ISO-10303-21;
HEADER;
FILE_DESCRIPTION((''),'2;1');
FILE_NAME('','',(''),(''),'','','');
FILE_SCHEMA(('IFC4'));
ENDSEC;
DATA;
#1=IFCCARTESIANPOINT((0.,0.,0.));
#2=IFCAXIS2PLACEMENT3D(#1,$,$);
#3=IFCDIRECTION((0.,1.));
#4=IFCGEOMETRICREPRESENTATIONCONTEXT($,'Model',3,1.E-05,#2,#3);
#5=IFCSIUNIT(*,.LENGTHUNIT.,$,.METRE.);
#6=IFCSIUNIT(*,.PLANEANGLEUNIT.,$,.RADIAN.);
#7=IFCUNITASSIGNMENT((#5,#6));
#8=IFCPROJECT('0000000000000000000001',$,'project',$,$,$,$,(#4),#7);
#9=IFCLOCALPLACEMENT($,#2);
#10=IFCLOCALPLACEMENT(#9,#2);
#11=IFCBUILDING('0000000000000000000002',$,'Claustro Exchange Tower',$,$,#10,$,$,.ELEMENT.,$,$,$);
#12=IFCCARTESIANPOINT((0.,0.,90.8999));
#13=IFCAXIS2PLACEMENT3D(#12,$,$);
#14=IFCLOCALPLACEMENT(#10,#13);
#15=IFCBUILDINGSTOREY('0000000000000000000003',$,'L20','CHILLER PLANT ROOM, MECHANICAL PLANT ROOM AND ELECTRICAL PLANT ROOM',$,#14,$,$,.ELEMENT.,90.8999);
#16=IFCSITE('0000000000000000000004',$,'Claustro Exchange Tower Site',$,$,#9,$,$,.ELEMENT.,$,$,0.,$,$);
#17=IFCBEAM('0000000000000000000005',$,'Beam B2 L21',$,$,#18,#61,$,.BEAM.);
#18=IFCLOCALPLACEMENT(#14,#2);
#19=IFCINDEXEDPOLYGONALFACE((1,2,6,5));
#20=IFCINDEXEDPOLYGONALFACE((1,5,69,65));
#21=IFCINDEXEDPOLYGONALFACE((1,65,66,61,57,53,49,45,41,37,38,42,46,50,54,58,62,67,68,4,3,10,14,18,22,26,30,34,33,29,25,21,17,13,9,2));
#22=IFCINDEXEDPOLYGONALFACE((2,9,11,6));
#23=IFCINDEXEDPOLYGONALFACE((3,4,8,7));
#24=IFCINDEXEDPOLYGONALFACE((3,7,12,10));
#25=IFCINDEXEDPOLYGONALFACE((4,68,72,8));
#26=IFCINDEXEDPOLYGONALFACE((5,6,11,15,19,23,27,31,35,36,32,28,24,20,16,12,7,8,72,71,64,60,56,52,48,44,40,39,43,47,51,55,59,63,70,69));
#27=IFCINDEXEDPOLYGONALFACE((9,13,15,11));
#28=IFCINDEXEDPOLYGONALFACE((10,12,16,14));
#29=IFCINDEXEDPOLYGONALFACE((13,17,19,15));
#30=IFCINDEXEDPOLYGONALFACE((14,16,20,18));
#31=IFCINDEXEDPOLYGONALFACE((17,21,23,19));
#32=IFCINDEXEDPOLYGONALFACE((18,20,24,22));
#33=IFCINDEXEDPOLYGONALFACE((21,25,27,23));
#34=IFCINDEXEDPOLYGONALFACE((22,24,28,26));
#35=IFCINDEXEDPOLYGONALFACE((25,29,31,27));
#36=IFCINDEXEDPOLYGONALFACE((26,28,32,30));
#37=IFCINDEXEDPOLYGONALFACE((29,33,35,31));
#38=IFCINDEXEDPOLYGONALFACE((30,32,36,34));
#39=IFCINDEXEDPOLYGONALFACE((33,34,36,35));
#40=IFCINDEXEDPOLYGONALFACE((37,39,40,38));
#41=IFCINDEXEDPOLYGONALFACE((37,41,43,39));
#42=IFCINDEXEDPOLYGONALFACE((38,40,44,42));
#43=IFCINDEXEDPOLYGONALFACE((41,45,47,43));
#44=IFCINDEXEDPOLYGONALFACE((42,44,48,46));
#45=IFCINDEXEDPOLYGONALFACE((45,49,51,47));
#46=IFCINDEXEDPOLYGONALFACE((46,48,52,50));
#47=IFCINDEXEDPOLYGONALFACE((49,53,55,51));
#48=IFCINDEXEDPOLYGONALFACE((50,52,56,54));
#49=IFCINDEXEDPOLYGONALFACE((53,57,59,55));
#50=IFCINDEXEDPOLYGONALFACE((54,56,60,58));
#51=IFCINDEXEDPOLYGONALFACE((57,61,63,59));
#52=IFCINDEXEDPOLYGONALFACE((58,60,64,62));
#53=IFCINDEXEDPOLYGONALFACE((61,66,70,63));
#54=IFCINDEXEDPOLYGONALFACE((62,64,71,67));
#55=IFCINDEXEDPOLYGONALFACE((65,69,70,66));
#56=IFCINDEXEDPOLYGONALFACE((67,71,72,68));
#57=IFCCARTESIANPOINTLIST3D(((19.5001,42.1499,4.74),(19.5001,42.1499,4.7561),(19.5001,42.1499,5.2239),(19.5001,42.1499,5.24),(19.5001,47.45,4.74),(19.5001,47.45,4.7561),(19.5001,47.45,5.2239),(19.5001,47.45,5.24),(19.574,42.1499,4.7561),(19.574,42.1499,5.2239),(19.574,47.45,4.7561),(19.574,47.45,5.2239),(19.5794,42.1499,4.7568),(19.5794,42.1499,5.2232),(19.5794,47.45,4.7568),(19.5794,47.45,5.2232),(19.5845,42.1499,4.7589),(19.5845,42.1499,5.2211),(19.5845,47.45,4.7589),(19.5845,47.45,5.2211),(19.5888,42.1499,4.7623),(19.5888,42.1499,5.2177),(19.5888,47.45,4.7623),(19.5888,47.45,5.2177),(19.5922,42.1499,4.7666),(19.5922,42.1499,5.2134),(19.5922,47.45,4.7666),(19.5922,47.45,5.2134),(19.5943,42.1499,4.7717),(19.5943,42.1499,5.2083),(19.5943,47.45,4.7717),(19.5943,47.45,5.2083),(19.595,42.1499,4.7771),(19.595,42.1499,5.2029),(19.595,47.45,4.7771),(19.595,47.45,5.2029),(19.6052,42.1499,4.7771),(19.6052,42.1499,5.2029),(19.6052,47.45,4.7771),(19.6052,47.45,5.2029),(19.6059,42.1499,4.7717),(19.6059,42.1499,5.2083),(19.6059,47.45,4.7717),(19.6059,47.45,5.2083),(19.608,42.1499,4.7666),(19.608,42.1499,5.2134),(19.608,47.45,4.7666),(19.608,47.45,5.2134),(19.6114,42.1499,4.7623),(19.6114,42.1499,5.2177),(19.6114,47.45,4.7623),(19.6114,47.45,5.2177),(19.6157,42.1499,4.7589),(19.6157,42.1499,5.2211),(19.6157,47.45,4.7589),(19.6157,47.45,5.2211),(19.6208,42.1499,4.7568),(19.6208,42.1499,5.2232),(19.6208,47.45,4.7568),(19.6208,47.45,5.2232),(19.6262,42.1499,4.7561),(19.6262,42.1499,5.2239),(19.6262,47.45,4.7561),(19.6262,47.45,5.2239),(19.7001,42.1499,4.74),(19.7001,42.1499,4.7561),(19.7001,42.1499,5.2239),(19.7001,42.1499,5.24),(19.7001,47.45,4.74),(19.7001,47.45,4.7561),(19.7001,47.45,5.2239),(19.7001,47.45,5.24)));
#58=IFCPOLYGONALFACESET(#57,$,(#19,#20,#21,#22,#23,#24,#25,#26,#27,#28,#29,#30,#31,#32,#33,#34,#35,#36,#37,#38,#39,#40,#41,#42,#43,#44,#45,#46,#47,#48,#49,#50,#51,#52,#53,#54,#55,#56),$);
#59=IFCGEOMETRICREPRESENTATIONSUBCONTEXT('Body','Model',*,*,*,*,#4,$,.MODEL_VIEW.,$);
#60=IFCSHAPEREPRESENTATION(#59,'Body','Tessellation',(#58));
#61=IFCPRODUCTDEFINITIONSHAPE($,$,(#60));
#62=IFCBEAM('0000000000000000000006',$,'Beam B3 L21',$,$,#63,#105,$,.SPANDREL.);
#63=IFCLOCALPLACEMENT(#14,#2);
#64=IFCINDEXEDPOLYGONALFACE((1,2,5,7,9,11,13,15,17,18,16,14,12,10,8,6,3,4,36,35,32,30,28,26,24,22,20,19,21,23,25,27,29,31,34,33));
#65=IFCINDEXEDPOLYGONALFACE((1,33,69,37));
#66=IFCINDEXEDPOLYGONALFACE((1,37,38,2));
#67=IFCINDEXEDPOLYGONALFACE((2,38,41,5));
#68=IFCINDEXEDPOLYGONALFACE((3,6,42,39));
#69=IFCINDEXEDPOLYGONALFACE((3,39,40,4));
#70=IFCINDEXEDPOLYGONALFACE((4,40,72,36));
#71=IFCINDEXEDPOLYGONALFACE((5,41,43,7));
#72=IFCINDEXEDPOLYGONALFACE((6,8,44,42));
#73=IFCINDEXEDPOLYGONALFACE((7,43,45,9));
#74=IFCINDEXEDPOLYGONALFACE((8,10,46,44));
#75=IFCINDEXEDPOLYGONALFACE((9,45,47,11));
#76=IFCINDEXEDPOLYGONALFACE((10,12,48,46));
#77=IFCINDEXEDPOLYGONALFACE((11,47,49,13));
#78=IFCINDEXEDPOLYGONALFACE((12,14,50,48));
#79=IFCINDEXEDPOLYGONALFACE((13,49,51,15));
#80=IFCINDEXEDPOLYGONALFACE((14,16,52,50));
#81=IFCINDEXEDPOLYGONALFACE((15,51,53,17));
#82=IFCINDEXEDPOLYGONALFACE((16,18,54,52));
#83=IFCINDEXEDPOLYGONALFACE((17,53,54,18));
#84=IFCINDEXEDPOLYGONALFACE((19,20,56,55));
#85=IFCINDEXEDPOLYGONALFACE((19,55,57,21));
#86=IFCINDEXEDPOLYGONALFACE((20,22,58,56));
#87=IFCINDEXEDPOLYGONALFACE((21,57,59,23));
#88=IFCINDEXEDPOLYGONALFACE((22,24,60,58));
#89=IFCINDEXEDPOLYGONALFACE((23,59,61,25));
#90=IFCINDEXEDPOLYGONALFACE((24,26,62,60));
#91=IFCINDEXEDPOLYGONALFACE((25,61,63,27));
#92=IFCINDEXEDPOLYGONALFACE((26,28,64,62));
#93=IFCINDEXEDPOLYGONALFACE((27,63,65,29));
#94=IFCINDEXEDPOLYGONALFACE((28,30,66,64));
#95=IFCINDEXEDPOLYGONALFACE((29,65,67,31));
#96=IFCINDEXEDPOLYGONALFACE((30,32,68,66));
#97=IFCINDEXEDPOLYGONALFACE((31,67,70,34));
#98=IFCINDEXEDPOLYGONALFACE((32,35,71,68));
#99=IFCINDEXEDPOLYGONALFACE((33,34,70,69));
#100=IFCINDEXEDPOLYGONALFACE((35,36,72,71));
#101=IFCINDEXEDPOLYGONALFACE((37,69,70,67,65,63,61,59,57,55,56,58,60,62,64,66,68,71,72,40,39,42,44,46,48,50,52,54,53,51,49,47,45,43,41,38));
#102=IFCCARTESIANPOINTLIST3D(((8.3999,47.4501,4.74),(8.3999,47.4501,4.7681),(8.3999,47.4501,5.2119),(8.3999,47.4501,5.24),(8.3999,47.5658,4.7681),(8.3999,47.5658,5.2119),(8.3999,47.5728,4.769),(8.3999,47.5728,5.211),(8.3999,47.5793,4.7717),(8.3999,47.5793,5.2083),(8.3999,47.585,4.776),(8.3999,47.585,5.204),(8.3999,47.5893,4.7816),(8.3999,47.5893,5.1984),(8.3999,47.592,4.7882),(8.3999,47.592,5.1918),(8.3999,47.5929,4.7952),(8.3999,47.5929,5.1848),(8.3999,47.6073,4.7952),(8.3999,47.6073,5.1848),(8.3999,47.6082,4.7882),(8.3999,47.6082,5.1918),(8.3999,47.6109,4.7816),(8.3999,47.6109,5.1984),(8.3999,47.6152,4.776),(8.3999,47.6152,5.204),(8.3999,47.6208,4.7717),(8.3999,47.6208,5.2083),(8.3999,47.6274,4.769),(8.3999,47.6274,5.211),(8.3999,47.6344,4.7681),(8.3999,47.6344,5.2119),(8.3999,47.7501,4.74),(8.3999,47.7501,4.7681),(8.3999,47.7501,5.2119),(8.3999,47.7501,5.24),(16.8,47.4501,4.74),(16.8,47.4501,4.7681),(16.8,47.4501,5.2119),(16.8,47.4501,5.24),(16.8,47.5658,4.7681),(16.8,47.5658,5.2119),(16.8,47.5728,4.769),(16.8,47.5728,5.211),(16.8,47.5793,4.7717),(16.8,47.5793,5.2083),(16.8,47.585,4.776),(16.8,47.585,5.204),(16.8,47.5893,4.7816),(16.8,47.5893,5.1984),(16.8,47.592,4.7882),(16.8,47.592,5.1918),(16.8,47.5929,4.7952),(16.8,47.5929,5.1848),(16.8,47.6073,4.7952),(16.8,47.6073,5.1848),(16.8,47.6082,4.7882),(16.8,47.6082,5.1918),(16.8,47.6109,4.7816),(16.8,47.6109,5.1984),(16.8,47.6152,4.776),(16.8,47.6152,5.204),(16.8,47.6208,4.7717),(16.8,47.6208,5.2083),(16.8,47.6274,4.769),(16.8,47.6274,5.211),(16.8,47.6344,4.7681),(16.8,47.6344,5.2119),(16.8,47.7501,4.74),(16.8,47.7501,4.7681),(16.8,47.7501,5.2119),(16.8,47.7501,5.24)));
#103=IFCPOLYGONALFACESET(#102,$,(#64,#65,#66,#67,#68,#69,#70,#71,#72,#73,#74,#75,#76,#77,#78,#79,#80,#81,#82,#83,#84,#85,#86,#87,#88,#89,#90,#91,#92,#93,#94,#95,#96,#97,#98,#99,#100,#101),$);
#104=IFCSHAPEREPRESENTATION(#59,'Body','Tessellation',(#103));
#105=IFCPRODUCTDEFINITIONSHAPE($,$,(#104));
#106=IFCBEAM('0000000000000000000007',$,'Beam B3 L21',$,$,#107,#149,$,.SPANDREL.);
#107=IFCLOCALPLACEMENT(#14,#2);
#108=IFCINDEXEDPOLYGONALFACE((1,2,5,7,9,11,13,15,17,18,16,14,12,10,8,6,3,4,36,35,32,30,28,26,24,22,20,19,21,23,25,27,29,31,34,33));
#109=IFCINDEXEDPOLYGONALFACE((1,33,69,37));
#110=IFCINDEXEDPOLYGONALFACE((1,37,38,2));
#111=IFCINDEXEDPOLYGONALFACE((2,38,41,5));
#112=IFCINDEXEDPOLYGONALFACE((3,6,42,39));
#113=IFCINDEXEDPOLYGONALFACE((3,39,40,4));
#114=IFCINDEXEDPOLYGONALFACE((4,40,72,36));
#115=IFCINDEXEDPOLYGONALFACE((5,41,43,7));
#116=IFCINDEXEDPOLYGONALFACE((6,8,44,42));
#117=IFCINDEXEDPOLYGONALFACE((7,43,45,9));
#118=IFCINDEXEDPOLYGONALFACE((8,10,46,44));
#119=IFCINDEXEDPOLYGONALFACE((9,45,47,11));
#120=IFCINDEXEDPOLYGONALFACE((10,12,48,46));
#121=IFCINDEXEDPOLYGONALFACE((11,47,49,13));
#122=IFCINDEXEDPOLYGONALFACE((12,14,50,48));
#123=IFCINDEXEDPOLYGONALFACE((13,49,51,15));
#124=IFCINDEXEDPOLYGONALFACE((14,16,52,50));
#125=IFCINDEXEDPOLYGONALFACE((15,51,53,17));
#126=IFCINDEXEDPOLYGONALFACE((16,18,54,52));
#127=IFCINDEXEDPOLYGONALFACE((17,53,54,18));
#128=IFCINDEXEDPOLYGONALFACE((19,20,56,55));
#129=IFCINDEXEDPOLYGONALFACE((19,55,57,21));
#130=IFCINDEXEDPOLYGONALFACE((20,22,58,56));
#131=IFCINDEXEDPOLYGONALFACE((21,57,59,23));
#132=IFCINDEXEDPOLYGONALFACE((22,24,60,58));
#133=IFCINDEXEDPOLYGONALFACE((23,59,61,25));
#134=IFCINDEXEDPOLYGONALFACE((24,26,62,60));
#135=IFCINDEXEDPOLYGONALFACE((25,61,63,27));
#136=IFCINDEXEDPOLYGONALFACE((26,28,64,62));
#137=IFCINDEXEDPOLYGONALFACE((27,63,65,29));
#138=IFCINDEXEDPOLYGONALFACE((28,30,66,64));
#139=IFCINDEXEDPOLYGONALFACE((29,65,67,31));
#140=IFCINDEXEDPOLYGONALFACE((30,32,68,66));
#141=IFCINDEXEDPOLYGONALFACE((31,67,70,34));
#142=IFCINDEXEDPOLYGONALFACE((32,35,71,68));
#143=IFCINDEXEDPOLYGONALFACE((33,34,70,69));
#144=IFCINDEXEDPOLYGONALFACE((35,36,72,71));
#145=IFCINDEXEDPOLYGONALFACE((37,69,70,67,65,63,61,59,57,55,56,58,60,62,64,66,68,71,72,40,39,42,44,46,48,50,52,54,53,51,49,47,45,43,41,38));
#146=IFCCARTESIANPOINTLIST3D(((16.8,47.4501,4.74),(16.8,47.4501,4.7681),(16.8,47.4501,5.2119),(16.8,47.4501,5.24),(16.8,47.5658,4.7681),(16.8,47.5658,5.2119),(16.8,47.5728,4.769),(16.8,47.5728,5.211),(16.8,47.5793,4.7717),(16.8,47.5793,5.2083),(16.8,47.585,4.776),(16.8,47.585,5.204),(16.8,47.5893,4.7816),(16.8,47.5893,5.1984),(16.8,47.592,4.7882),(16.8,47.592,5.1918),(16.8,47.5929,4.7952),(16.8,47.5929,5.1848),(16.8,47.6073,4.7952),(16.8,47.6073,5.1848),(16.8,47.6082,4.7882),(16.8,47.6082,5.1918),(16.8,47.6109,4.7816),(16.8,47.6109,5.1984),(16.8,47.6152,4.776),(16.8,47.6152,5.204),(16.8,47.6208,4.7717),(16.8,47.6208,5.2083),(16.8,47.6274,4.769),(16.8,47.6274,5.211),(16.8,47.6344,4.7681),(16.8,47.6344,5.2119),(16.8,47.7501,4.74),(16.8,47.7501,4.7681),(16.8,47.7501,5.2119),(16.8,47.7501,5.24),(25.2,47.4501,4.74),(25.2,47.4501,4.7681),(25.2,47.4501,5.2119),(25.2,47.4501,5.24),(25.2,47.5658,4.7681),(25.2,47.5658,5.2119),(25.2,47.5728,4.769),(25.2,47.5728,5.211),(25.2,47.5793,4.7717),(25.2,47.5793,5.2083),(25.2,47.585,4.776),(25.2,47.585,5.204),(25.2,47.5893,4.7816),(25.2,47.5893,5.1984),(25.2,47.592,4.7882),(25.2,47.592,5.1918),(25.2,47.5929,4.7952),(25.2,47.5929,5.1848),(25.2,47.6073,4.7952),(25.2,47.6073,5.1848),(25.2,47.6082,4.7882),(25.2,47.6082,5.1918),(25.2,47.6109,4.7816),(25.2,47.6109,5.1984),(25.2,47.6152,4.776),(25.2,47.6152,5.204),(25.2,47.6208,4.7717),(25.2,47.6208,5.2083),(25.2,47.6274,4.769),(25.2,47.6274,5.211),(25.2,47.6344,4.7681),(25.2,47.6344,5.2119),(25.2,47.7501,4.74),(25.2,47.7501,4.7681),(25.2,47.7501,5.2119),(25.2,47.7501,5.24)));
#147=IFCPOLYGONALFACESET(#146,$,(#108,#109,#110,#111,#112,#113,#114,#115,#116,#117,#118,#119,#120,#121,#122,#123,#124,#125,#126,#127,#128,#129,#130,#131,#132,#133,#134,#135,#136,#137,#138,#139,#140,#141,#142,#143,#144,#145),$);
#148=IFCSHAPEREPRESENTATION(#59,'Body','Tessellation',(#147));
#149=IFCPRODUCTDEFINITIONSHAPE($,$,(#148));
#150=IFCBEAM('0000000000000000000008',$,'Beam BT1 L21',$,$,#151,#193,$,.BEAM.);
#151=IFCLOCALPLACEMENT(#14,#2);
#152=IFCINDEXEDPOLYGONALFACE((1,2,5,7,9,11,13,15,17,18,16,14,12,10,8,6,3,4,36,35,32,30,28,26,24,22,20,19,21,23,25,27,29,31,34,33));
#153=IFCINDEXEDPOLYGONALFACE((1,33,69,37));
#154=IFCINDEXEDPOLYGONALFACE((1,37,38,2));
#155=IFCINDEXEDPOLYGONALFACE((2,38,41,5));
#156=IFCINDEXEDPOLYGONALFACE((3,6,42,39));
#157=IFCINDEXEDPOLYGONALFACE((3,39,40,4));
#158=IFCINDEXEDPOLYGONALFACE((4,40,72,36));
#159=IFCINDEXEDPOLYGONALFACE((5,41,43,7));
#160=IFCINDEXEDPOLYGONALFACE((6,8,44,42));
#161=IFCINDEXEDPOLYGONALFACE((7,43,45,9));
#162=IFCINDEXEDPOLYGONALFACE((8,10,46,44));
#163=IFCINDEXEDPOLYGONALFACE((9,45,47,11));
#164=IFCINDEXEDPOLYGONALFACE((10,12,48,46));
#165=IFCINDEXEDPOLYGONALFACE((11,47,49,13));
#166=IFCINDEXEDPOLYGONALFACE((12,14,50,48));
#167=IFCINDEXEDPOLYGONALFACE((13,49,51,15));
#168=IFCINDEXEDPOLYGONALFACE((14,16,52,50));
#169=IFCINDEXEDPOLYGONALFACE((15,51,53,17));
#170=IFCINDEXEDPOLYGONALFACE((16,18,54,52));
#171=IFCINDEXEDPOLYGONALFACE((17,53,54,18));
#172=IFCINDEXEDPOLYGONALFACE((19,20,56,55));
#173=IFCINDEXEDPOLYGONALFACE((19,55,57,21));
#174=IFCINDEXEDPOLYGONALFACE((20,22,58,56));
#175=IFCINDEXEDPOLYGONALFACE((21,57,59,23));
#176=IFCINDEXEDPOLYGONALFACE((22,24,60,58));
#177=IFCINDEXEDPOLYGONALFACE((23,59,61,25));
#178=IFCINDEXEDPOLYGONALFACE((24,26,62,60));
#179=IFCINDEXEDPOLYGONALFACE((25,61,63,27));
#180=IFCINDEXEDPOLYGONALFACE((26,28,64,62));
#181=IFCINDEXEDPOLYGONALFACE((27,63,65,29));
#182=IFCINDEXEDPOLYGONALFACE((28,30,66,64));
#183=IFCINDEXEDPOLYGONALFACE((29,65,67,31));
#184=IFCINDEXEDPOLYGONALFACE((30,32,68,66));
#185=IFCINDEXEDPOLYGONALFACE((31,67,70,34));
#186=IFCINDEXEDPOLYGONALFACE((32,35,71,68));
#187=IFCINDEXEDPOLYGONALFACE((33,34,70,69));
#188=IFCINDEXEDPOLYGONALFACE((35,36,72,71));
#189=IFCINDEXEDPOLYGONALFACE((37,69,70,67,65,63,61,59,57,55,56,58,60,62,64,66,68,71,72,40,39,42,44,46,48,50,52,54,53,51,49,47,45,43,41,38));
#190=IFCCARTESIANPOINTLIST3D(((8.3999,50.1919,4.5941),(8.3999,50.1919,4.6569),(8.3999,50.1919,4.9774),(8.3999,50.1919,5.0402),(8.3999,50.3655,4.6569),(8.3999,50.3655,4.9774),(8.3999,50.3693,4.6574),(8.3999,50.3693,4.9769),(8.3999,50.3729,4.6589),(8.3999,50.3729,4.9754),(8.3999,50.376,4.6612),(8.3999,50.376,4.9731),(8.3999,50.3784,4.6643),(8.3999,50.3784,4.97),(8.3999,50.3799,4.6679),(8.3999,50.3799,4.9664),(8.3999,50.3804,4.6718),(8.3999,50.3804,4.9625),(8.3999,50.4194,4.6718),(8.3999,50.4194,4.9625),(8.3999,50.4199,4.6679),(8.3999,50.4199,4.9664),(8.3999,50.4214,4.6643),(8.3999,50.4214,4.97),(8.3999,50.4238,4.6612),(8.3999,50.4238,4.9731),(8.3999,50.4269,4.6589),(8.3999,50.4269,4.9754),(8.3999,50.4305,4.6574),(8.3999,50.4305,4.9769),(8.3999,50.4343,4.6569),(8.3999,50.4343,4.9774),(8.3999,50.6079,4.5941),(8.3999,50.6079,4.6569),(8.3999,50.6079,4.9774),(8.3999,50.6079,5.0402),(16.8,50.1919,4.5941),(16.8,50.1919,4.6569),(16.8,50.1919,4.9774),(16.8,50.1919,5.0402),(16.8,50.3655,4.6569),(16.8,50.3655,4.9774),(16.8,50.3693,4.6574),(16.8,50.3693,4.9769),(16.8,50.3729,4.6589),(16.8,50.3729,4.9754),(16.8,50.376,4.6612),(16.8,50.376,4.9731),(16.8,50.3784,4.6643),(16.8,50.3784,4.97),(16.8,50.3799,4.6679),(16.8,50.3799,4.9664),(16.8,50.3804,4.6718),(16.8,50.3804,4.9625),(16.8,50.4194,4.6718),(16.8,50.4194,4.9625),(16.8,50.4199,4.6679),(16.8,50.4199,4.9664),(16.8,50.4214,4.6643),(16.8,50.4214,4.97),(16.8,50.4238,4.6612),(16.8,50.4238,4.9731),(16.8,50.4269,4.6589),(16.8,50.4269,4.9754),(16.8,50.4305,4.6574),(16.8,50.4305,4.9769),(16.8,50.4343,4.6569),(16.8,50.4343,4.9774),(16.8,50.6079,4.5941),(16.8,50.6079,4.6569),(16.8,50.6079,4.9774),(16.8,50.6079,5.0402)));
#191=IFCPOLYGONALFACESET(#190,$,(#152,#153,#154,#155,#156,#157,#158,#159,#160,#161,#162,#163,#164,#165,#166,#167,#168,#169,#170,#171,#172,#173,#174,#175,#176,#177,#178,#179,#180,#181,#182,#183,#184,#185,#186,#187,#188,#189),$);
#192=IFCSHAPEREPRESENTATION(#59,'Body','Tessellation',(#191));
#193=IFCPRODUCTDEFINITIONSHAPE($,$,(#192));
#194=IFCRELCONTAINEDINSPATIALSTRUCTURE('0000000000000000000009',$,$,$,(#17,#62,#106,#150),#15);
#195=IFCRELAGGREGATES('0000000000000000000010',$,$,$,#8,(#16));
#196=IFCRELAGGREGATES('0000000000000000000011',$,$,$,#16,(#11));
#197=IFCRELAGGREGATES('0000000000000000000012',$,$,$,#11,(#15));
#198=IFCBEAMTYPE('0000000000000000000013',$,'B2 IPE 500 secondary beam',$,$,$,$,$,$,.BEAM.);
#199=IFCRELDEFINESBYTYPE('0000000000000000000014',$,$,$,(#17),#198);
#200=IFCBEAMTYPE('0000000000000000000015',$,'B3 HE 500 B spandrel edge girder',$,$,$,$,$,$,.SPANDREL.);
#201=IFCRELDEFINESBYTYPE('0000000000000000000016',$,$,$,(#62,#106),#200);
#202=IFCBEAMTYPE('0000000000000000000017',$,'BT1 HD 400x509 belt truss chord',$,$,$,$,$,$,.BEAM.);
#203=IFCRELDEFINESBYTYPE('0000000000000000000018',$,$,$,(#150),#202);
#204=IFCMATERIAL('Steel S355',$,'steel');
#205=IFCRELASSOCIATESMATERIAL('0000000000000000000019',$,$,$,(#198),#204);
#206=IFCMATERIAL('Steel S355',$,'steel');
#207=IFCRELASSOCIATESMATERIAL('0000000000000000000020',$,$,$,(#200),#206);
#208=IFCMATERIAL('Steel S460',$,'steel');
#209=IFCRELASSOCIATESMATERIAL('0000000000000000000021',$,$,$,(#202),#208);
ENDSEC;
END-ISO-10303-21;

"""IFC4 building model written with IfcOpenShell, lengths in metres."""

from ifc_helpers import new_model, si_unit, direction, frame, origin, origin_2d, place, context, subcontext, project, spatial, i_section, extrude, material, material_profile, profile_set, type_object, element, save


model = new_model("IFC4")

# Units and contexts
model_context = context("Model", 3, precision=1e-05, world=origin(), true_north=direction((0.0, 1.0)))
body_context = subcontext(model_context, "Body", "Model", "MODEL_VIEW")
ifc_project = project(units=[si_unit("LENGTHUNIT", "METRE"), si_unit("PLANEANGLEUNIT", "RADIAN")], contexts=[model_context])

# Site, building, storey
site_placement = place(None, origin())
site = spatial("IfcSite", under=ifc_project, at=site_placement, Name="Claustro Exchange Tower Site", CompositionType="ELEMENT", RefElevation=0.0)
building_placement = place(site_placement, origin())
building = spatial("IfcBuilding", under=site, at=building_placement, Name="Claustro Exchange Tower", CompositionType="ELEMENT")
storey_placement = place(building_placement, frame((0.0, 0.0, 90.8999)))
storey = spatial("IfcBuildingStorey", under=building, at=storey_placement, Name="L20", Description="CHILLER PLANT ROOM, MECHANICAL PLANT ROOM AND ELECTRICAL PLANT ROOM", CompositionType="ELEMENT", Elevation=90.8999)

# Beams
ifc_material_1 = material(Name="Steel S355", Category="steel")
ifc_material_profile_1 = material_profile(ifc_material_1, i_section(OverallWidth=0.2, OverallDepth=0.5, WebThickness=0.0103, FlangeThickness=0.0161, FilletRadius=0.021, at=origin_2d()), Name="IPE 500")
ifc_profile_set_1 = profile_set([ifc_material_profile_1], Name="Steel S355")
beam_type_1 = type_object("IfcBeamType", Name="B2 IPE 500 secondary beam", PredefinedType="BEAM", material=ifc_profile_set_1)
for number, where, z_axis, x_axis, name in (
    (1, (19.6001, 42.1499, 4.99), (0.0, 1.0, 0.0), (-1.0, 0.0, 0.0), "Beam B2 L21"),
):
    element("IfcBeam", number, at=place(storey_placement, frame(where, z_axis=z_axis, x_axis=x_axis)), inside=storey, type_object=beam_type_1, Name=name, PredefinedType="BEAM", context=body_context, shape_type="SweptSolid", body=[
        extrude(i_section(OverallWidth=0.2, OverallDepth=0.5, WebThickness=0.0103, FlangeThickness=0.0161, FilletRadius=0.021, at=origin_2d()), origin(), (0.0, 0.0, 1.0), 5.3),
    ])
ifc_material_2 = material(Name="Steel S355", Category="steel")
ifc_material_profile_2 = material_profile(ifc_material_2, i_section(OverallWidth=0.3, OverallDepth=0.5, WebThickness=0.0144, FlangeThickness=0.0281, FilletRadius=0.0271, at=origin_2d()), Name="HE 500 B")
ifc_profile_set_2 = profile_set([ifc_material_profile_2], Name="Steel S355")
beam_type_2 = type_object("IfcBeamType", Name="B3 HE 500 B spandrel edge girder", PredefinedType="SPANDREL", material=ifc_profile_set_2)
beam_1_placement = place(storey_placement, frame((8.3999, 47.6001, 4.99), z_axis=(1.0, 0.0, 0.0), x_axis=(0.0, 1.0, 0.0)))
element("IfcBeam", 2, at=beam_1_placement, inside=storey, type_object=beam_type_2, Name="Beam B3 L21", PredefinedType="SPANDREL", context=body_context, shape_type="SweptSolid", body=[
    extrude(i_section(OverallWidth=0.3, OverallDepth=0.5, WebThickness=0.0144, FlangeThickness=0.0281, FilletRadius=0.0271, at=origin_2d()), origin(), (0.0, 0.0, 1.0), 8.4001),
])
beam_2_placement = place(storey_placement, frame((16.8, 47.6001, 4.99), z_axis=(1.0, 0.0, 0.0), x_axis=(0.0, 1.0, 0.0)))
element("IfcBeam", 3, at=beam_2_placement, inside=storey, type_object=beam_type_2, Name="Beam B3 L21", PredefinedType="SPANDREL", context=body_context, shape_type="SweptSolid", body=[
    extrude(i_section(OverallWidth=0.3, OverallDepth=0.5, WebThickness=0.0144, FlangeThickness=0.0281, FilletRadius=0.0271, at=origin_2d()), origin(), (0.0, 0.0, 1.0), 8.3999),
])
ifc_material_3 = material(Name="Steel S460", Category="steel")
ifc_material_profile_3 = material_profile(ifc_material_3, i_section(OverallWidth=0.416, OverallDepth=0.446, WebThickness=0.0391, FlangeThickness=0.0627, FilletRadius=0.0149, at=origin_2d()), Name="HD 400x509")
ifc_profile_set_3 = profile_set([ifc_material_profile_3], Name="Steel S460")
beam_type_3 = type_object("IfcBeamType", Name="BT1 HD 400x509 belt truss chord", PredefinedType="BEAM", material=ifc_profile_set_3)
beam_3_placement = place(storey_placement, frame((8.3999, 50.3999, 4.8171), z_axis=(1.0, 0.0, 0.0), x_axis=(0.0, 1.0, 0.0)))
element("IfcBeam", 4, at=beam_3_placement, inside=storey, type_object=beam_type_3, Name="Beam BT1 L21", PredefinedType="BEAM", context=body_context, shape_type="SweptSolid", body=[
    extrude(i_section(OverallWidth=0.416, OverallDepth=0.446, WebThickness=0.0391, FlangeThickness=0.0627, FilletRadius=0.0149, at=origin_2d()), origin(), (0.0, 0.0, 1.0), 8.4001),
])

save(model, "model.ifc")
